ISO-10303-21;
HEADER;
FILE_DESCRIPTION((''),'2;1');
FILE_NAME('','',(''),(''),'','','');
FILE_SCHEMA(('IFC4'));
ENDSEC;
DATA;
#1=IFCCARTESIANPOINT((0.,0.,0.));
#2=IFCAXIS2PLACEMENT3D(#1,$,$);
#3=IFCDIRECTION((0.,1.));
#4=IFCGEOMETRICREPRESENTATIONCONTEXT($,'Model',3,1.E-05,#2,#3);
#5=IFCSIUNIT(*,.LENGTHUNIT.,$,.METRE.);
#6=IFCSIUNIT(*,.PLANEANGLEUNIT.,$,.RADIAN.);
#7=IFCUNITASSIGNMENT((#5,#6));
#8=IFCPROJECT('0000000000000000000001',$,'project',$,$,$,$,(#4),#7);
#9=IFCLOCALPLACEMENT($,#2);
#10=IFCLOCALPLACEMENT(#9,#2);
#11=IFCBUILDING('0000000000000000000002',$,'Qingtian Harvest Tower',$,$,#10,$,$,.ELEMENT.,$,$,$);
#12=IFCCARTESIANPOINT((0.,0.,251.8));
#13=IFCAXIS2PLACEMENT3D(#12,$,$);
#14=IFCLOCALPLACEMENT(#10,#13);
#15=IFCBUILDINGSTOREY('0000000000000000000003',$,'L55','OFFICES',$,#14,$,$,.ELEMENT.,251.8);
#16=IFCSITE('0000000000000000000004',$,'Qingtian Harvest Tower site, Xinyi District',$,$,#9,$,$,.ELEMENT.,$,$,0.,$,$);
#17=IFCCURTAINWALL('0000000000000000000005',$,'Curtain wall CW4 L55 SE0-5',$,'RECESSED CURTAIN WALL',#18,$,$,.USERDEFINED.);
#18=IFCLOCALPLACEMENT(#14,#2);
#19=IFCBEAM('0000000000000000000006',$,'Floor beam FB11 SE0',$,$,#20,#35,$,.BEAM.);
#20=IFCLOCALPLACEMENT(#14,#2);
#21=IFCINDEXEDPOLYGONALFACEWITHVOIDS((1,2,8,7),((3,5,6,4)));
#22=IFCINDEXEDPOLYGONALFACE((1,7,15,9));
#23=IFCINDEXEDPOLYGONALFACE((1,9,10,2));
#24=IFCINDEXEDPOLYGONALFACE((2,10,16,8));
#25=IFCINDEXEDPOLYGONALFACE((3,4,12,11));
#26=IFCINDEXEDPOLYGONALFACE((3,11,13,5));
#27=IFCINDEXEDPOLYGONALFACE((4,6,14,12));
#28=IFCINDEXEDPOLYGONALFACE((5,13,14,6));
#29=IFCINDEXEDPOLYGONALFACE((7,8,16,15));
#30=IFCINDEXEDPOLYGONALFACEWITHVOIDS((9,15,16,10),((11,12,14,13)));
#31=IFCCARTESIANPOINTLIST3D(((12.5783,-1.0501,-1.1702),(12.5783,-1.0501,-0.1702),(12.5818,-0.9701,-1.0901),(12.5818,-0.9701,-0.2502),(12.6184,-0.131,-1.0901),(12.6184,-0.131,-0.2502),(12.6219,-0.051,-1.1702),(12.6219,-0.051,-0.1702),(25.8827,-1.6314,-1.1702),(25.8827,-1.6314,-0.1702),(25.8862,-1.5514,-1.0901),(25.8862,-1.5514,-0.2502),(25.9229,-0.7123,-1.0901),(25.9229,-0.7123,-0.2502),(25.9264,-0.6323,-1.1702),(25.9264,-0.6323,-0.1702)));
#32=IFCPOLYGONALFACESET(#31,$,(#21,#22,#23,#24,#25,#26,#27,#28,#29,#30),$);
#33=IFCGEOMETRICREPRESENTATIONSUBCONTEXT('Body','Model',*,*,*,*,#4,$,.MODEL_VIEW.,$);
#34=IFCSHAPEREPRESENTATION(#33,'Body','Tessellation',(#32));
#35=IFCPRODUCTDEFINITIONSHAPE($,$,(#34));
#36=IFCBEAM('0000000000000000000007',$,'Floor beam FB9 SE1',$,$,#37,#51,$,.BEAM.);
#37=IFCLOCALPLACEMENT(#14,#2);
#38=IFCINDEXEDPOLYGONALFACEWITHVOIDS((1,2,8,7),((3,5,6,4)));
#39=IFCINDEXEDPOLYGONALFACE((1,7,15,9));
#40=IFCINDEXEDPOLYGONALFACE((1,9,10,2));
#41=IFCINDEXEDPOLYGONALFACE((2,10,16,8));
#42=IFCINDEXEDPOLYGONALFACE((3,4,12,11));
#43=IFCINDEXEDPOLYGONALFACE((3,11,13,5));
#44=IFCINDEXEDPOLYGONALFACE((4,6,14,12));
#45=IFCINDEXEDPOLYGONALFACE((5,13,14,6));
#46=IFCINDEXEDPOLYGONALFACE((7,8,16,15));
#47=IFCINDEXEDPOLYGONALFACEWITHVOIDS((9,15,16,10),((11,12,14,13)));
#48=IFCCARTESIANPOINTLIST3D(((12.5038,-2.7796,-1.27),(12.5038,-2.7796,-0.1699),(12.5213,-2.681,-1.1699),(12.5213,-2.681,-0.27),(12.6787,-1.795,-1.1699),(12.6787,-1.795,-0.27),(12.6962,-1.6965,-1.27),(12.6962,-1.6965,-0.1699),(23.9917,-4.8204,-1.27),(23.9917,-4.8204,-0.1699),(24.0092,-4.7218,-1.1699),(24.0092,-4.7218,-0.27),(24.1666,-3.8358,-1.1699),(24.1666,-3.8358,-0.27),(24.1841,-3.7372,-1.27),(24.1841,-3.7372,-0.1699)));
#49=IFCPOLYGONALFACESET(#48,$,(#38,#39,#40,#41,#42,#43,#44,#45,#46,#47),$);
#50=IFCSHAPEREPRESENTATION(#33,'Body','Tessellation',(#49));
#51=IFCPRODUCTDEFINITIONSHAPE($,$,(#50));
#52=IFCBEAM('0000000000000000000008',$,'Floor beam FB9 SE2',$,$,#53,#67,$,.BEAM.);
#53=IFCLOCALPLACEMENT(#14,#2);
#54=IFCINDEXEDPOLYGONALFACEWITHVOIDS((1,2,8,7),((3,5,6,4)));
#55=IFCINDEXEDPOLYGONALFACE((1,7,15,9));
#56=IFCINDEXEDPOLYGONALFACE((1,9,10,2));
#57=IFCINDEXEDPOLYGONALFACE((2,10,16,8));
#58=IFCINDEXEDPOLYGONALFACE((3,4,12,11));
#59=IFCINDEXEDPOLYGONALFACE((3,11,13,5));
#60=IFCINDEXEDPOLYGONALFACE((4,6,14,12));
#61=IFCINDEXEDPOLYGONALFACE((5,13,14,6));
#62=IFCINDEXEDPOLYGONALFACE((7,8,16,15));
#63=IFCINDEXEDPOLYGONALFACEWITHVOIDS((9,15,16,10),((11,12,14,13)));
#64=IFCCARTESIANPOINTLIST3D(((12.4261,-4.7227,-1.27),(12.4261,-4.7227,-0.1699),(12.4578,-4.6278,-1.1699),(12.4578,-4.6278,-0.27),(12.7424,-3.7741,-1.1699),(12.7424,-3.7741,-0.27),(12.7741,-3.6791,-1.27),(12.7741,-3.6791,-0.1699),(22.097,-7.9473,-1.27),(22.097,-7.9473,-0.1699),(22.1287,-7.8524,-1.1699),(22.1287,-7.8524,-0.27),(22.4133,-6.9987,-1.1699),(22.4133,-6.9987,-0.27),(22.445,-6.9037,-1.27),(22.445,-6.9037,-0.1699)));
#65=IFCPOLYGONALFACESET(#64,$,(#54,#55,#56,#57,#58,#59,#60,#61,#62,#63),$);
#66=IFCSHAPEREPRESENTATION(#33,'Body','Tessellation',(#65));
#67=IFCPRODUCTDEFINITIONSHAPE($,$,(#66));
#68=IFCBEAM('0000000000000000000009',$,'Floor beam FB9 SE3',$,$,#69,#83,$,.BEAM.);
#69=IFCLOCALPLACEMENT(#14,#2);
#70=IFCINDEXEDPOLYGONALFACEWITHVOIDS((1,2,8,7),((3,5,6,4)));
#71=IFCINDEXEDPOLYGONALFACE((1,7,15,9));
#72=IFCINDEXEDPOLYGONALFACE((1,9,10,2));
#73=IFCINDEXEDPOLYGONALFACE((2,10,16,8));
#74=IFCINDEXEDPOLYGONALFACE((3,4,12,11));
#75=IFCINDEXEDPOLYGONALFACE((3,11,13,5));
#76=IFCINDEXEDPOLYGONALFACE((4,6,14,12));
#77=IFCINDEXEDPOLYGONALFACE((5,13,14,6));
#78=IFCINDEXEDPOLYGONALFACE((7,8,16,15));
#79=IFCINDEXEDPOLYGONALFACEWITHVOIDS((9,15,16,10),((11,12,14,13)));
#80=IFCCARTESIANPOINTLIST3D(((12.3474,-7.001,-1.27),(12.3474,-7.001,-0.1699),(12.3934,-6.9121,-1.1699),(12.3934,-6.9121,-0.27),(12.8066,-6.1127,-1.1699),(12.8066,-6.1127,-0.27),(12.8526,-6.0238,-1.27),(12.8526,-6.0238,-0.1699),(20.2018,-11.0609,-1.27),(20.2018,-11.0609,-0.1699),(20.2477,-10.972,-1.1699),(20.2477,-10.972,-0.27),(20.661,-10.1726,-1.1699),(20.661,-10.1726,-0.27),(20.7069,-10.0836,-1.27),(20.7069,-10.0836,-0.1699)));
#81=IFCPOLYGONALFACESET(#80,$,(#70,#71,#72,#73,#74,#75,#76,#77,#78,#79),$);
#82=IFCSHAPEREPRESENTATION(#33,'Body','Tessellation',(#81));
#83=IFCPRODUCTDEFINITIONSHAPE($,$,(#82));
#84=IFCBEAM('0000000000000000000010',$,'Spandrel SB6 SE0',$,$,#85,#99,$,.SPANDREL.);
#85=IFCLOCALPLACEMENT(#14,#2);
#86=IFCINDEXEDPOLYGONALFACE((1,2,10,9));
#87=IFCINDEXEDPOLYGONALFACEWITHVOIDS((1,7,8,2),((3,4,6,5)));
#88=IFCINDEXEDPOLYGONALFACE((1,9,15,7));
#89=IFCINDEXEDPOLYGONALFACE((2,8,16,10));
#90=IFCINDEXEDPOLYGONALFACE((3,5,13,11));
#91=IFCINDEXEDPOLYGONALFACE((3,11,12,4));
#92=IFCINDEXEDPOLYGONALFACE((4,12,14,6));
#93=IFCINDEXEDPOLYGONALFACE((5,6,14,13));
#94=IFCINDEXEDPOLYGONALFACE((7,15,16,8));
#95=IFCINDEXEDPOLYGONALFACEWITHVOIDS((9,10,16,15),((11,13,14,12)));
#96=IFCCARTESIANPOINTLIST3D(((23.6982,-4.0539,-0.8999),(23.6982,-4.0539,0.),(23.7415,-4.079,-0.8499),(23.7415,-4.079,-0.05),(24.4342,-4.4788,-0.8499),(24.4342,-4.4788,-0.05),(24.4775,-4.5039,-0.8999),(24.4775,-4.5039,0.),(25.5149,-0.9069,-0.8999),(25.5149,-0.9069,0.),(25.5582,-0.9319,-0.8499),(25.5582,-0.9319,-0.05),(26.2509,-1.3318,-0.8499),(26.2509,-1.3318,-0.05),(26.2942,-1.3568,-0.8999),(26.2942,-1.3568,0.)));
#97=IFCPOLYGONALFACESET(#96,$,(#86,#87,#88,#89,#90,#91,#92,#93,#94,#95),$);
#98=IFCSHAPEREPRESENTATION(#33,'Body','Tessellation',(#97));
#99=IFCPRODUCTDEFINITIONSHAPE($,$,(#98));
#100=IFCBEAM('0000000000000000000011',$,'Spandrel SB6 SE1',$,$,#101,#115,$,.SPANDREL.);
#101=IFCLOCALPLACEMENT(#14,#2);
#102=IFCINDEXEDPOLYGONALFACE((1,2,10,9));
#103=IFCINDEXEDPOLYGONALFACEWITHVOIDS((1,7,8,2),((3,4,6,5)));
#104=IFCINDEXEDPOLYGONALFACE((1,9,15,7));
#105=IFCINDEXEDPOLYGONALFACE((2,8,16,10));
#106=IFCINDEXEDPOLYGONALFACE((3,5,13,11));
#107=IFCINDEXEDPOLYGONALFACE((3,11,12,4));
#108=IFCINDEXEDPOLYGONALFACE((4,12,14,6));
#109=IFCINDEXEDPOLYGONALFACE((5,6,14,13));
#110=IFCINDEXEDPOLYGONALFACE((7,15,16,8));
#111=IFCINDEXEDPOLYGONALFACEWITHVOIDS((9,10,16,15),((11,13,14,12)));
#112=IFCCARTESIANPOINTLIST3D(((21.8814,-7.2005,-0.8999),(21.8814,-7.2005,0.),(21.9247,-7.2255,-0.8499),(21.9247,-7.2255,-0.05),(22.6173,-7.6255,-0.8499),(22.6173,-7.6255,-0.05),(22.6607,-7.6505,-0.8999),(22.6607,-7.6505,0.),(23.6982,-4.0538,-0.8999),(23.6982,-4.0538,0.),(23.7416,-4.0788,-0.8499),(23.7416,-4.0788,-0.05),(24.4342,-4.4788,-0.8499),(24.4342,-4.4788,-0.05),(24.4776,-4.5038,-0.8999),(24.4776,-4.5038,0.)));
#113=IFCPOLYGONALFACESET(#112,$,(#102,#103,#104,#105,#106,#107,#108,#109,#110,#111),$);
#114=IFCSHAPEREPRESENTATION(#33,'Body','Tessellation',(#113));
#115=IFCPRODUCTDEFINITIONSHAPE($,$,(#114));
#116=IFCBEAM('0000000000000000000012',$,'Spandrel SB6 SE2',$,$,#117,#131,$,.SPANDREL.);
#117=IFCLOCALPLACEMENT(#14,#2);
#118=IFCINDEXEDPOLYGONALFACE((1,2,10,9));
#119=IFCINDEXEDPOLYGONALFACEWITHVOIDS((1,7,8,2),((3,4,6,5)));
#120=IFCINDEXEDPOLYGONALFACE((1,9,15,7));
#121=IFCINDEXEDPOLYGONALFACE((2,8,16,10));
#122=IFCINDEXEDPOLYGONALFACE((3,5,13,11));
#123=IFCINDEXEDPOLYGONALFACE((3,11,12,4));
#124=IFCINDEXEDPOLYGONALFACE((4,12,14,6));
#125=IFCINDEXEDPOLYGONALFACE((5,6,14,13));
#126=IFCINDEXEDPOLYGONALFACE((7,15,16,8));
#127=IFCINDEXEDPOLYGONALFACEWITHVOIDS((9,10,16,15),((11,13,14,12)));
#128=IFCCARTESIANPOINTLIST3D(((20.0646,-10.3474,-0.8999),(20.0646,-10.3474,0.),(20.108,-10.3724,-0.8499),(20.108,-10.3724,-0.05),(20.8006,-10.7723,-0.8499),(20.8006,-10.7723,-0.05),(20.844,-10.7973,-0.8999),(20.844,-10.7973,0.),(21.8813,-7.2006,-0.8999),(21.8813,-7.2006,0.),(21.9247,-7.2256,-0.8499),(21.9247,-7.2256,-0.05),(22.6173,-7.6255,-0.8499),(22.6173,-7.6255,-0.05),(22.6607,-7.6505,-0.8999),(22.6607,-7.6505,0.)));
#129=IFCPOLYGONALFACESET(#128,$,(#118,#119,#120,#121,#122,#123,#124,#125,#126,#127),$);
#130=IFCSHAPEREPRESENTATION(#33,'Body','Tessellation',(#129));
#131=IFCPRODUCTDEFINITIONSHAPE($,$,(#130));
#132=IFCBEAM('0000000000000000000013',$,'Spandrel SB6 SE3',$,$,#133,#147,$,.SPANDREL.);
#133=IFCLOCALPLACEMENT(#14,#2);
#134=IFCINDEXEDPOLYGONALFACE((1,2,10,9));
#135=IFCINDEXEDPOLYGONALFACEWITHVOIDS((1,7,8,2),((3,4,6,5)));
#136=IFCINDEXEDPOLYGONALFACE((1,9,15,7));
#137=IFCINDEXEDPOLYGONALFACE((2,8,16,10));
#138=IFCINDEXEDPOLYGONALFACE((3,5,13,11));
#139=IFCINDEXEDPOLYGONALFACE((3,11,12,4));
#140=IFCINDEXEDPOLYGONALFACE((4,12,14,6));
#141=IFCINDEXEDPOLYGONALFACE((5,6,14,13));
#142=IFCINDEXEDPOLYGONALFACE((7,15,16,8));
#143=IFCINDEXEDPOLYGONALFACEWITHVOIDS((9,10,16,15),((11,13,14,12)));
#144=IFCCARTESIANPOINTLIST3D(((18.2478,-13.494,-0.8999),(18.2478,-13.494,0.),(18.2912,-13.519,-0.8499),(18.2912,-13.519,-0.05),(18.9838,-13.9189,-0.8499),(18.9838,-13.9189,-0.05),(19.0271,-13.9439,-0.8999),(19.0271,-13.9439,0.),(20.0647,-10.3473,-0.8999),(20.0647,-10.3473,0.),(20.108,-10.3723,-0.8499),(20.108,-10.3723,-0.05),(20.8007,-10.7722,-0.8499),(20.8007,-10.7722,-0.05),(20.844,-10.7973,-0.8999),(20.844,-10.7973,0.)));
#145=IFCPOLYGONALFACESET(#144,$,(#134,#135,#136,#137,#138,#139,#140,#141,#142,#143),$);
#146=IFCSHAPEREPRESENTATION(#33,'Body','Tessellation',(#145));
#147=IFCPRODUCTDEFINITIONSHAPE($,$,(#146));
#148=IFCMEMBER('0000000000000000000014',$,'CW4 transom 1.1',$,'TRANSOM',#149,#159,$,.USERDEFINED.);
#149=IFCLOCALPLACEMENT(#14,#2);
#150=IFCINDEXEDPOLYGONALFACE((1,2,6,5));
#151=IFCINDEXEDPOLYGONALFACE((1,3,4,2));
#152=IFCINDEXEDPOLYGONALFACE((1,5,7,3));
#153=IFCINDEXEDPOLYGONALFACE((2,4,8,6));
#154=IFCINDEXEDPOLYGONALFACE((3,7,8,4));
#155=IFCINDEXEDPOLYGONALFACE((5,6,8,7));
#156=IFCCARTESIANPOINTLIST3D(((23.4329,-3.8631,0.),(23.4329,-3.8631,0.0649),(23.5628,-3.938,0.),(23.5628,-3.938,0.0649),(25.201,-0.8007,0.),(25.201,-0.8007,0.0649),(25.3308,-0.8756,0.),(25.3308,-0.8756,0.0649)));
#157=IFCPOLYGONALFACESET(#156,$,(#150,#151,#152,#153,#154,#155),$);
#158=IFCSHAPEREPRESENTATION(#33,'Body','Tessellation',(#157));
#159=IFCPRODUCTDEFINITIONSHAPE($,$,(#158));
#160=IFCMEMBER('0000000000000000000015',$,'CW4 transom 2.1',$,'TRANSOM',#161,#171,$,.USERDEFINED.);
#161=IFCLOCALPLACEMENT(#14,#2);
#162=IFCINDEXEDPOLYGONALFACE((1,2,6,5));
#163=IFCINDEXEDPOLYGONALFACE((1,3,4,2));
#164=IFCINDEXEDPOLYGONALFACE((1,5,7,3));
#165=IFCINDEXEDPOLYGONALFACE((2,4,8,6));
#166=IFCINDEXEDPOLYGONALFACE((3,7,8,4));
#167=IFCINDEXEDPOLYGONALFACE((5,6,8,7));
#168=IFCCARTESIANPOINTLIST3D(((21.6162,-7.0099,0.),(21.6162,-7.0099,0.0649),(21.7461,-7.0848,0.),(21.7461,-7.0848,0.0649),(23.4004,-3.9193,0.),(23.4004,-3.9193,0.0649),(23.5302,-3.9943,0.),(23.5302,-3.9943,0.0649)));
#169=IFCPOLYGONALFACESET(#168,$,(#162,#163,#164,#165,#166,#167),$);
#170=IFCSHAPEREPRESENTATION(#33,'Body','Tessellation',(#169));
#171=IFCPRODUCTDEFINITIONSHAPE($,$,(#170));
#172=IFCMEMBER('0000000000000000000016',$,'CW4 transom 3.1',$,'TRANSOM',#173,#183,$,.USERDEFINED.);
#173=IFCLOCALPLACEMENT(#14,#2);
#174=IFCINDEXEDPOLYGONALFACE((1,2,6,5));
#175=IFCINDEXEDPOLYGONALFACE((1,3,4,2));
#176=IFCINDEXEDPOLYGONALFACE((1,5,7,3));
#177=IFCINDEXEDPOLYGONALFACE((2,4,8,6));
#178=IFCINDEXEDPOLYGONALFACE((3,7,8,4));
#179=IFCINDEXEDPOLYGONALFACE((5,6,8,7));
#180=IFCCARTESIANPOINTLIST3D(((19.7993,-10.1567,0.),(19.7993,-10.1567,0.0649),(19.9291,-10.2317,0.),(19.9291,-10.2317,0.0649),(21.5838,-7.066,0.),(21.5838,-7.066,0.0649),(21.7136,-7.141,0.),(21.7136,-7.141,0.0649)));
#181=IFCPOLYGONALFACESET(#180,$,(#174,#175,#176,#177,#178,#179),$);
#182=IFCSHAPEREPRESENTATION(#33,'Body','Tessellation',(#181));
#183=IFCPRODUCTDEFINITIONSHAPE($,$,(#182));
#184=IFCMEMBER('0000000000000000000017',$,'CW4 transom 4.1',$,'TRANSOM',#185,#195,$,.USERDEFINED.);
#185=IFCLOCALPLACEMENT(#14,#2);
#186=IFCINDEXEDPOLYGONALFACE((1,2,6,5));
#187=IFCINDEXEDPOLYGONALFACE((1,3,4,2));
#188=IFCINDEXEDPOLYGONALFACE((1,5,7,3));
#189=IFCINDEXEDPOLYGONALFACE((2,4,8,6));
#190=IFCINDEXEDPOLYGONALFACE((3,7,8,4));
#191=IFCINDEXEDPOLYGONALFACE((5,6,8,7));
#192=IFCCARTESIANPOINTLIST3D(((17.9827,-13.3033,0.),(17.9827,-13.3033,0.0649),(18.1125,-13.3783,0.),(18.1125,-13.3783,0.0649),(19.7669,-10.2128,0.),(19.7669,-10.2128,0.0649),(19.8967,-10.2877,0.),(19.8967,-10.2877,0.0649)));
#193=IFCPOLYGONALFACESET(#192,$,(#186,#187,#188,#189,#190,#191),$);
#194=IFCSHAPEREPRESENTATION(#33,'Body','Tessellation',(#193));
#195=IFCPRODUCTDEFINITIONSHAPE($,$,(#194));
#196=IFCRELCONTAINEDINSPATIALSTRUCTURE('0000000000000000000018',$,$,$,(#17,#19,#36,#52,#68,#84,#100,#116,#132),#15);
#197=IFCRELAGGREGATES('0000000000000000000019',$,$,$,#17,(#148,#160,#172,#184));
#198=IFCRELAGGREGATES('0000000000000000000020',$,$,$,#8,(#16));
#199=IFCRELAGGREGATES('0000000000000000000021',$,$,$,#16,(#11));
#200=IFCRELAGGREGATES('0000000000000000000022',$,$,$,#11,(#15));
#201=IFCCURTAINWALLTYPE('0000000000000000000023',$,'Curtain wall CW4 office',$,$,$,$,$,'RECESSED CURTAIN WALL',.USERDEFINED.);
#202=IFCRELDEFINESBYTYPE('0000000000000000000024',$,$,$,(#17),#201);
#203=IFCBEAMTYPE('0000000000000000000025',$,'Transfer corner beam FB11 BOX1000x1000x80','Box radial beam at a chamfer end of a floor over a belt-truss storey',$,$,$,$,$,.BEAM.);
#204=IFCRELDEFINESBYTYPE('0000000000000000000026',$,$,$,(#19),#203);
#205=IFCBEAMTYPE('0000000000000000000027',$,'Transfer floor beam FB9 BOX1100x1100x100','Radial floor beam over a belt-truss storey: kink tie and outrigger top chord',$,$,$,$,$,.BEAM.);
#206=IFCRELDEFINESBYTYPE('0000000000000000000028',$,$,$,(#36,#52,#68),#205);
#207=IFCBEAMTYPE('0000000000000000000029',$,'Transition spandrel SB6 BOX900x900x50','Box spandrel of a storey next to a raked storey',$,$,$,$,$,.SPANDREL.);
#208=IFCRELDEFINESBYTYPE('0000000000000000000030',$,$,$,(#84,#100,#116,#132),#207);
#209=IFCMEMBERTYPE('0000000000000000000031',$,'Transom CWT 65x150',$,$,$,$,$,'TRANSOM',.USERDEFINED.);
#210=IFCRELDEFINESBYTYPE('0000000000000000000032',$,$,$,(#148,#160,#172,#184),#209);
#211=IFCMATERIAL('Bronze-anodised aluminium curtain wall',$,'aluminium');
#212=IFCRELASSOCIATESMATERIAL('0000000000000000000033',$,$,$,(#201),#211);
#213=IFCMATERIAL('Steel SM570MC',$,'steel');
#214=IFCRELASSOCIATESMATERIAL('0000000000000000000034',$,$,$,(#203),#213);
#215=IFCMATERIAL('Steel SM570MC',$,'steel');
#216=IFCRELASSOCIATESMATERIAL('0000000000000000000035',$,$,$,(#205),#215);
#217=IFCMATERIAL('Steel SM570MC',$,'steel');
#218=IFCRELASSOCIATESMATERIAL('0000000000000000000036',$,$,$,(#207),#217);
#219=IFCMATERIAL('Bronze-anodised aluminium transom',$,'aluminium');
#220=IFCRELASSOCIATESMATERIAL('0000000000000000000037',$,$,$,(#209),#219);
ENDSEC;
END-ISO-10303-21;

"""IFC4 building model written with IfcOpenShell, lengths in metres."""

from ifc_helpers import new_model, si_unit, direction, frame, origin, origin_2d, place, context, subcontext, project, spatial, rectangle, hollow_rectangle, extrude, material, material_profile, profile_set, type_object, element, aggregate, save


model = new_model("IFC4")

# Units and contexts
model_context = context("Model", 3, precision=1e-05, world=origin(), true_north=direction((0.0, 1.0)))
body_context = subcontext(model_context, "Body", "Model", "MODEL_VIEW")
ifc_project = project(units=[si_unit("LENGTHUNIT", "METRE"), si_unit("PLANEANGLEUNIT", "RADIAN")], contexts=[model_context])

# Site, building, storey
site_placement = place(None, origin())
site = spatial("IfcSite", under=ifc_project, at=site_placement, Name="Qingtian Harvest Tower site, Xinyi District", CompositionType="ELEMENT", RefElevation=0.0)
building_placement = place(site_placement, origin())
building = spatial("IfcBuilding", under=site, at=building_placement, Name="Qingtian Harvest Tower", CompositionType="ELEMENT")
storey_placement = place(building_placement, frame((0.0, 0.0, 251.8)))
storey = spatial("IfcBuildingStorey", under=building, at=storey_placement, Name="L55", Description="OFFICES", CompositionType="ELEMENT", Elevation=251.8)

# Shared definitions
ifc_material_1 = material(Name="Bronze-anodised aluminium curtain wall", Category="aluminium")
curtain_wall_type = type_object("IfcCurtainWallType", Name="Curtain wall CW4 office", ElementType="RECESSED CURTAIN WALL", PredefinedType="USERDEFINED", material=ifc_material_1)

# Curtain wall
curtain_wall_1_placement = place(storey_placement, origin())
curtain_wall_1 = element("IfcCurtainWall", 1, at=curtain_wall_1_placement, inside=storey, type_object=curtain_wall_type, Name="Curtain wall CW4 L55 SE0-5", ObjectType="RECESSED CURTAIN WALL", PredefinedType="USERDEFINED")

# Beams
ifc_material_2 = material(Name="Steel SM570MC", Category="steel")
ifc_material_profile_1 = material_profile(ifc_material_2, hollow_rectangle(XDim=1.0, YDim=1.0, WallThickness=0.0801, at=origin_2d()), Name="BOX1000x1000x80")
ifc_profile_set_1 = profile_set([ifc_material_profile_1], Name="Steel SM570MC")
beam_type_1 = type_object("IfcBeamType", Name="Transfer corner beam FB11 BOX1000x1000x80", Description="Box radial beam at a chamfer end of a floor over a belt-truss storey", PredefinedType="BEAM", material=ifc_profile_set_1)
beam_1_placement = place(storey_placement, frame((25.9045, -1.1318, -0.6702), z_axis=(-0.999047, 0.04365, 0.0), x_axis=(-0.04365, -0.999047, 0.0)))
element("IfcBeam", 2, at=beam_1_placement, inside=storey, type_object=beam_type_1, Name="Floor beam FB11 SE0", PredefinedType="BEAM", context=body_context, shape_type="SweptSolid", body=[
    extrude(hollow_rectangle(XDim=1.0, YDim=1.0, WallThickness=0.0801, at=origin_2d()), origin(), (0.0, 0.0, 1.0), 13.3171),
])
ifc_material_3 = material(Name="Steel SM570MC", Category="steel")
ifc_material_profile_2 = material_profile(ifc_material_3, hollow_rectangle(XDim=1.1001, YDim=1.1001, WallThickness=0.1001, at=origin_2d()), Name="BOX1100x1100x100")
ifc_profile_set_2 = profile_set([ifc_material_profile_2], Name="Steel SM570MC")
beam_type_2 = type_object("IfcBeamType", Name="Transfer floor beam FB9 BOX1100x1100x100", Description="Radial floor beam over a belt-truss storey: kink tie and outrigger top chord", PredefinedType="BEAM", material=ifc_profile_set_2)
beam_2_placement = place(storey_placement, frame((24.0879, -4.2788, -0.72), z_axis=(-0.984585, 0.174908, 0.0), x_axis=(-0.174908, -0.984585, 0.0)))
element("IfcBeam", 3, at=beam_2_placement, inside=storey, type_object=beam_type_2, Name="Floor beam FB9 SE1", PredefinedType="BEAM", context=body_context, shape_type="SweptSolid", body=[
    extrude(hollow_rectangle(XDim=1.1001, YDim=1.1001, WallThickness=0.1001, at=origin_2d()), origin(), (0.0, 0.0, 1.0), 11.6677),
])
beam_3_placement = place(storey_placement, frame((22.271, -7.4255, -0.72), z_axis=(-0.948655, 0.316314, 0.0), x_axis=(-0.316314, -0.948655, 0.0)))
element("IfcBeam", 4, at=beam_3_placement, inside=storey, type_object=beam_type_2, Name="Floor beam FB9 SE2", PredefinedType="BEAM", context=body_context, shape_type="SweptSolid", body=[
    extrude(hollow_rectangle(XDim=1.1001, YDim=1.1001, WallThickness=0.1001, at=origin_2d()), origin(), (0.0, 0.0, 1.0), 10.1943),
])
beam_4_placement = place(storey_placement, frame((20.4543, -10.5723, -0.72), z_axis=(-0.888344, 0.45918, 0.0), x_axis=(-0.45918, -0.888344, 0.0)))
element("IfcBeam", 5, at=beam_4_placement, inside=storey, type_object=beam_type_2, Name="Floor beam FB9 SE3", PredefinedType="BEAM", context=body_context, shape_type="SweptSolid", body=[
    extrude(hollow_rectangle(XDim=1.1001, YDim=1.1001, WallThickness=0.1001, at=origin_2d()), origin(), (0.0, 0.0, 1.0), 8.8416),
])
ifc_material_4 = material(Name="Steel SM570MC", Category="steel")
ifc_material_profile_3 = material_profile(ifc_material_4, hollow_rectangle(XDim=0.8999, YDim=0.8999, WallThickness=0.05, at=origin_2d()), Name="BOX900x900x50")
ifc_profile_set_3 = profile_set([ifc_material_profile_3], Name="Steel SM570MC")
beam_type_3 = type_object("IfcBeamType", Name="Transition spandrel SB6 BOX900x900x50", Description="Box spandrel of a storey next to a raked storey", PredefinedType="SPANDREL", material=ifc_profile_set_3)
beam_5_placement = place(storey_placement, frame((25.9045, -1.1318, -0.45), z_axis=(-0.499947, -0.866056, 0.0), x_axis=(0.866056, -0.499947, 0.0)))
element("IfcBeam", 6, at=beam_5_placement, inside=storey, type_object=beam_type_3, Name="Spandrel SB6 SE0", PredefinedType="SPANDREL", context=body_context, shape_type="SweptSolid", body=[
    extrude(hollow_rectangle(XDim=0.8999, YDim=0.8999, WallThickness=0.05, at=origin_2d()), origin(), (0.0, 0.0, 1.0), 3.6338),
])
for number, where, z_axis, x_axis, name in (
    (7, (24.0879, -4.2788, -0.45), (-0.500027, -0.86601, 0.0), (0.86601, -0.500027, 0.0), "Spandrel SB6 SE1"),
    (8, (22.271, -7.4255, -0.45), (-0.499976, -0.866039, 0.0), (0.866039, -0.499976, 0.0), "Spandrel SB6 SE2"),
    (9, (20.4543, -10.5723, -0.45), (-0.500027, -0.86601, 0.0), (0.86601, -0.500027, 0.0), "Spandrel SB6 SE3"),
):
    element("IfcBeam", number, at=place(storey_placement, frame(where, z_axis=z_axis, x_axis=x_axis)), inside=storey, type_object=beam_type_3, Name=name, PredefinedType="SPANDREL", context=body_context, shape_type="SweptSolid", body=[
        extrude(hollow_rectangle(XDim=0.8999, YDim=0.8999, WallThickness=0.05, at=origin_2d()), origin(), (0.0, 0.0, 1.0), 3.6335),
    ])

# Members
ifc_material_5 = material(Name="Bronze-anodised aluminium transom", Category="aluminium")
ifc_material_profile_4 = material_profile(ifc_material_5, rectangle(XDim=0.1499, YDim=0.0649, at=origin_2d()), Name="AL 65x150")
ifc_profile_set_4 = profile_set([ifc_material_profile_4], Name="Bronze-anodised aluminium transom")
member_type_1 = type_object("IfcMemberType", Name="Transom CWT 65x150", ElementType="TRANSOM", PredefinedType="USERDEFINED", material=ifc_profile_set_4)
member_1_placement = place(storey_placement, frame((25.2659, -0.8381, 0.0325), z_axis=(-0.499985, -0.866034, 0.0), x_axis=(0.866034, -0.499985, 0.0)))
member_1 = element("IfcMember", 10, at=member_1_placement, type_object=member_type_1, Name="CW4 transom 1.1", ObjectType="TRANSOM", PredefinedType="USERDEFINED", context=body_context, shape_type="SweptSolid", body=[
    extrude(rectangle(XDim=0.1499, YDim=0.0649, at=origin_2d()), origin(), (0.0, 0.0, 1.0), 3.5361),
])
member_2_placement = place(storey_placement, frame((23.4653, -3.9568, 0.0325), z_axis=(-0.499965, -0.866045, 0.0), x_axis=(0.866045, -0.499965, 0.0)))
member_2 = element("IfcMember", 11, at=member_2_placement, type_object=member_type_1, Name="CW4 transom 2.1", ObjectType="TRANSOM", PredefinedType="USERDEFINED", context=body_context, shape_type="SweptSolid", body=[
    extrude(rectangle(XDim=0.1499, YDim=0.0649, at=origin_2d()), origin(), (0.0, 0.0, 1.0), 3.5686),
])
member_3_placement = place(storey_placement, frame((21.6487, -7.1035, 0.0325), z_axis=(-0.500017, -0.866016, 0.0), x_axis=(0.866016, -0.500017, 0.0)))
member_3 = element("IfcMember", 12, at=member_3_placement, type_object=member_type_1, Name="CW4 transom 3.1", ObjectType="TRANSOM", PredefinedType="USERDEFINED", context=body_context, shape_type="SweptSolid", body=[
    extrude(rectangle(XDim=0.1499, YDim=0.0649, at=origin_2d()), origin(), (0.0, 0.0, 1.0), 3.5688),
])
member_4_placement = place(storey_placement, frame((19.8318, -10.2502, 0.0325), z_axis=(-0.499965, -0.866045, 0.0), x_axis=(0.866045, -0.499965, 0.0)))
member_4 = element("IfcMember", 13, at=member_4_placement, type_object=member_type_1, Name="CW4 transom 4.1", ObjectType="TRANSOM", PredefinedType="USERDEFINED", context=body_context, shape_type="SweptSolid", body=[
    extrude(rectangle(XDim=0.1499, YDim=0.0649, at=origin_2d()), origin(), (0.0, 0.0, 1.0), 3.5686),
])

aggregate(curtain_wall_1, [member_1, member_2, member_3, member_4])

save(model, "model.ifc")
